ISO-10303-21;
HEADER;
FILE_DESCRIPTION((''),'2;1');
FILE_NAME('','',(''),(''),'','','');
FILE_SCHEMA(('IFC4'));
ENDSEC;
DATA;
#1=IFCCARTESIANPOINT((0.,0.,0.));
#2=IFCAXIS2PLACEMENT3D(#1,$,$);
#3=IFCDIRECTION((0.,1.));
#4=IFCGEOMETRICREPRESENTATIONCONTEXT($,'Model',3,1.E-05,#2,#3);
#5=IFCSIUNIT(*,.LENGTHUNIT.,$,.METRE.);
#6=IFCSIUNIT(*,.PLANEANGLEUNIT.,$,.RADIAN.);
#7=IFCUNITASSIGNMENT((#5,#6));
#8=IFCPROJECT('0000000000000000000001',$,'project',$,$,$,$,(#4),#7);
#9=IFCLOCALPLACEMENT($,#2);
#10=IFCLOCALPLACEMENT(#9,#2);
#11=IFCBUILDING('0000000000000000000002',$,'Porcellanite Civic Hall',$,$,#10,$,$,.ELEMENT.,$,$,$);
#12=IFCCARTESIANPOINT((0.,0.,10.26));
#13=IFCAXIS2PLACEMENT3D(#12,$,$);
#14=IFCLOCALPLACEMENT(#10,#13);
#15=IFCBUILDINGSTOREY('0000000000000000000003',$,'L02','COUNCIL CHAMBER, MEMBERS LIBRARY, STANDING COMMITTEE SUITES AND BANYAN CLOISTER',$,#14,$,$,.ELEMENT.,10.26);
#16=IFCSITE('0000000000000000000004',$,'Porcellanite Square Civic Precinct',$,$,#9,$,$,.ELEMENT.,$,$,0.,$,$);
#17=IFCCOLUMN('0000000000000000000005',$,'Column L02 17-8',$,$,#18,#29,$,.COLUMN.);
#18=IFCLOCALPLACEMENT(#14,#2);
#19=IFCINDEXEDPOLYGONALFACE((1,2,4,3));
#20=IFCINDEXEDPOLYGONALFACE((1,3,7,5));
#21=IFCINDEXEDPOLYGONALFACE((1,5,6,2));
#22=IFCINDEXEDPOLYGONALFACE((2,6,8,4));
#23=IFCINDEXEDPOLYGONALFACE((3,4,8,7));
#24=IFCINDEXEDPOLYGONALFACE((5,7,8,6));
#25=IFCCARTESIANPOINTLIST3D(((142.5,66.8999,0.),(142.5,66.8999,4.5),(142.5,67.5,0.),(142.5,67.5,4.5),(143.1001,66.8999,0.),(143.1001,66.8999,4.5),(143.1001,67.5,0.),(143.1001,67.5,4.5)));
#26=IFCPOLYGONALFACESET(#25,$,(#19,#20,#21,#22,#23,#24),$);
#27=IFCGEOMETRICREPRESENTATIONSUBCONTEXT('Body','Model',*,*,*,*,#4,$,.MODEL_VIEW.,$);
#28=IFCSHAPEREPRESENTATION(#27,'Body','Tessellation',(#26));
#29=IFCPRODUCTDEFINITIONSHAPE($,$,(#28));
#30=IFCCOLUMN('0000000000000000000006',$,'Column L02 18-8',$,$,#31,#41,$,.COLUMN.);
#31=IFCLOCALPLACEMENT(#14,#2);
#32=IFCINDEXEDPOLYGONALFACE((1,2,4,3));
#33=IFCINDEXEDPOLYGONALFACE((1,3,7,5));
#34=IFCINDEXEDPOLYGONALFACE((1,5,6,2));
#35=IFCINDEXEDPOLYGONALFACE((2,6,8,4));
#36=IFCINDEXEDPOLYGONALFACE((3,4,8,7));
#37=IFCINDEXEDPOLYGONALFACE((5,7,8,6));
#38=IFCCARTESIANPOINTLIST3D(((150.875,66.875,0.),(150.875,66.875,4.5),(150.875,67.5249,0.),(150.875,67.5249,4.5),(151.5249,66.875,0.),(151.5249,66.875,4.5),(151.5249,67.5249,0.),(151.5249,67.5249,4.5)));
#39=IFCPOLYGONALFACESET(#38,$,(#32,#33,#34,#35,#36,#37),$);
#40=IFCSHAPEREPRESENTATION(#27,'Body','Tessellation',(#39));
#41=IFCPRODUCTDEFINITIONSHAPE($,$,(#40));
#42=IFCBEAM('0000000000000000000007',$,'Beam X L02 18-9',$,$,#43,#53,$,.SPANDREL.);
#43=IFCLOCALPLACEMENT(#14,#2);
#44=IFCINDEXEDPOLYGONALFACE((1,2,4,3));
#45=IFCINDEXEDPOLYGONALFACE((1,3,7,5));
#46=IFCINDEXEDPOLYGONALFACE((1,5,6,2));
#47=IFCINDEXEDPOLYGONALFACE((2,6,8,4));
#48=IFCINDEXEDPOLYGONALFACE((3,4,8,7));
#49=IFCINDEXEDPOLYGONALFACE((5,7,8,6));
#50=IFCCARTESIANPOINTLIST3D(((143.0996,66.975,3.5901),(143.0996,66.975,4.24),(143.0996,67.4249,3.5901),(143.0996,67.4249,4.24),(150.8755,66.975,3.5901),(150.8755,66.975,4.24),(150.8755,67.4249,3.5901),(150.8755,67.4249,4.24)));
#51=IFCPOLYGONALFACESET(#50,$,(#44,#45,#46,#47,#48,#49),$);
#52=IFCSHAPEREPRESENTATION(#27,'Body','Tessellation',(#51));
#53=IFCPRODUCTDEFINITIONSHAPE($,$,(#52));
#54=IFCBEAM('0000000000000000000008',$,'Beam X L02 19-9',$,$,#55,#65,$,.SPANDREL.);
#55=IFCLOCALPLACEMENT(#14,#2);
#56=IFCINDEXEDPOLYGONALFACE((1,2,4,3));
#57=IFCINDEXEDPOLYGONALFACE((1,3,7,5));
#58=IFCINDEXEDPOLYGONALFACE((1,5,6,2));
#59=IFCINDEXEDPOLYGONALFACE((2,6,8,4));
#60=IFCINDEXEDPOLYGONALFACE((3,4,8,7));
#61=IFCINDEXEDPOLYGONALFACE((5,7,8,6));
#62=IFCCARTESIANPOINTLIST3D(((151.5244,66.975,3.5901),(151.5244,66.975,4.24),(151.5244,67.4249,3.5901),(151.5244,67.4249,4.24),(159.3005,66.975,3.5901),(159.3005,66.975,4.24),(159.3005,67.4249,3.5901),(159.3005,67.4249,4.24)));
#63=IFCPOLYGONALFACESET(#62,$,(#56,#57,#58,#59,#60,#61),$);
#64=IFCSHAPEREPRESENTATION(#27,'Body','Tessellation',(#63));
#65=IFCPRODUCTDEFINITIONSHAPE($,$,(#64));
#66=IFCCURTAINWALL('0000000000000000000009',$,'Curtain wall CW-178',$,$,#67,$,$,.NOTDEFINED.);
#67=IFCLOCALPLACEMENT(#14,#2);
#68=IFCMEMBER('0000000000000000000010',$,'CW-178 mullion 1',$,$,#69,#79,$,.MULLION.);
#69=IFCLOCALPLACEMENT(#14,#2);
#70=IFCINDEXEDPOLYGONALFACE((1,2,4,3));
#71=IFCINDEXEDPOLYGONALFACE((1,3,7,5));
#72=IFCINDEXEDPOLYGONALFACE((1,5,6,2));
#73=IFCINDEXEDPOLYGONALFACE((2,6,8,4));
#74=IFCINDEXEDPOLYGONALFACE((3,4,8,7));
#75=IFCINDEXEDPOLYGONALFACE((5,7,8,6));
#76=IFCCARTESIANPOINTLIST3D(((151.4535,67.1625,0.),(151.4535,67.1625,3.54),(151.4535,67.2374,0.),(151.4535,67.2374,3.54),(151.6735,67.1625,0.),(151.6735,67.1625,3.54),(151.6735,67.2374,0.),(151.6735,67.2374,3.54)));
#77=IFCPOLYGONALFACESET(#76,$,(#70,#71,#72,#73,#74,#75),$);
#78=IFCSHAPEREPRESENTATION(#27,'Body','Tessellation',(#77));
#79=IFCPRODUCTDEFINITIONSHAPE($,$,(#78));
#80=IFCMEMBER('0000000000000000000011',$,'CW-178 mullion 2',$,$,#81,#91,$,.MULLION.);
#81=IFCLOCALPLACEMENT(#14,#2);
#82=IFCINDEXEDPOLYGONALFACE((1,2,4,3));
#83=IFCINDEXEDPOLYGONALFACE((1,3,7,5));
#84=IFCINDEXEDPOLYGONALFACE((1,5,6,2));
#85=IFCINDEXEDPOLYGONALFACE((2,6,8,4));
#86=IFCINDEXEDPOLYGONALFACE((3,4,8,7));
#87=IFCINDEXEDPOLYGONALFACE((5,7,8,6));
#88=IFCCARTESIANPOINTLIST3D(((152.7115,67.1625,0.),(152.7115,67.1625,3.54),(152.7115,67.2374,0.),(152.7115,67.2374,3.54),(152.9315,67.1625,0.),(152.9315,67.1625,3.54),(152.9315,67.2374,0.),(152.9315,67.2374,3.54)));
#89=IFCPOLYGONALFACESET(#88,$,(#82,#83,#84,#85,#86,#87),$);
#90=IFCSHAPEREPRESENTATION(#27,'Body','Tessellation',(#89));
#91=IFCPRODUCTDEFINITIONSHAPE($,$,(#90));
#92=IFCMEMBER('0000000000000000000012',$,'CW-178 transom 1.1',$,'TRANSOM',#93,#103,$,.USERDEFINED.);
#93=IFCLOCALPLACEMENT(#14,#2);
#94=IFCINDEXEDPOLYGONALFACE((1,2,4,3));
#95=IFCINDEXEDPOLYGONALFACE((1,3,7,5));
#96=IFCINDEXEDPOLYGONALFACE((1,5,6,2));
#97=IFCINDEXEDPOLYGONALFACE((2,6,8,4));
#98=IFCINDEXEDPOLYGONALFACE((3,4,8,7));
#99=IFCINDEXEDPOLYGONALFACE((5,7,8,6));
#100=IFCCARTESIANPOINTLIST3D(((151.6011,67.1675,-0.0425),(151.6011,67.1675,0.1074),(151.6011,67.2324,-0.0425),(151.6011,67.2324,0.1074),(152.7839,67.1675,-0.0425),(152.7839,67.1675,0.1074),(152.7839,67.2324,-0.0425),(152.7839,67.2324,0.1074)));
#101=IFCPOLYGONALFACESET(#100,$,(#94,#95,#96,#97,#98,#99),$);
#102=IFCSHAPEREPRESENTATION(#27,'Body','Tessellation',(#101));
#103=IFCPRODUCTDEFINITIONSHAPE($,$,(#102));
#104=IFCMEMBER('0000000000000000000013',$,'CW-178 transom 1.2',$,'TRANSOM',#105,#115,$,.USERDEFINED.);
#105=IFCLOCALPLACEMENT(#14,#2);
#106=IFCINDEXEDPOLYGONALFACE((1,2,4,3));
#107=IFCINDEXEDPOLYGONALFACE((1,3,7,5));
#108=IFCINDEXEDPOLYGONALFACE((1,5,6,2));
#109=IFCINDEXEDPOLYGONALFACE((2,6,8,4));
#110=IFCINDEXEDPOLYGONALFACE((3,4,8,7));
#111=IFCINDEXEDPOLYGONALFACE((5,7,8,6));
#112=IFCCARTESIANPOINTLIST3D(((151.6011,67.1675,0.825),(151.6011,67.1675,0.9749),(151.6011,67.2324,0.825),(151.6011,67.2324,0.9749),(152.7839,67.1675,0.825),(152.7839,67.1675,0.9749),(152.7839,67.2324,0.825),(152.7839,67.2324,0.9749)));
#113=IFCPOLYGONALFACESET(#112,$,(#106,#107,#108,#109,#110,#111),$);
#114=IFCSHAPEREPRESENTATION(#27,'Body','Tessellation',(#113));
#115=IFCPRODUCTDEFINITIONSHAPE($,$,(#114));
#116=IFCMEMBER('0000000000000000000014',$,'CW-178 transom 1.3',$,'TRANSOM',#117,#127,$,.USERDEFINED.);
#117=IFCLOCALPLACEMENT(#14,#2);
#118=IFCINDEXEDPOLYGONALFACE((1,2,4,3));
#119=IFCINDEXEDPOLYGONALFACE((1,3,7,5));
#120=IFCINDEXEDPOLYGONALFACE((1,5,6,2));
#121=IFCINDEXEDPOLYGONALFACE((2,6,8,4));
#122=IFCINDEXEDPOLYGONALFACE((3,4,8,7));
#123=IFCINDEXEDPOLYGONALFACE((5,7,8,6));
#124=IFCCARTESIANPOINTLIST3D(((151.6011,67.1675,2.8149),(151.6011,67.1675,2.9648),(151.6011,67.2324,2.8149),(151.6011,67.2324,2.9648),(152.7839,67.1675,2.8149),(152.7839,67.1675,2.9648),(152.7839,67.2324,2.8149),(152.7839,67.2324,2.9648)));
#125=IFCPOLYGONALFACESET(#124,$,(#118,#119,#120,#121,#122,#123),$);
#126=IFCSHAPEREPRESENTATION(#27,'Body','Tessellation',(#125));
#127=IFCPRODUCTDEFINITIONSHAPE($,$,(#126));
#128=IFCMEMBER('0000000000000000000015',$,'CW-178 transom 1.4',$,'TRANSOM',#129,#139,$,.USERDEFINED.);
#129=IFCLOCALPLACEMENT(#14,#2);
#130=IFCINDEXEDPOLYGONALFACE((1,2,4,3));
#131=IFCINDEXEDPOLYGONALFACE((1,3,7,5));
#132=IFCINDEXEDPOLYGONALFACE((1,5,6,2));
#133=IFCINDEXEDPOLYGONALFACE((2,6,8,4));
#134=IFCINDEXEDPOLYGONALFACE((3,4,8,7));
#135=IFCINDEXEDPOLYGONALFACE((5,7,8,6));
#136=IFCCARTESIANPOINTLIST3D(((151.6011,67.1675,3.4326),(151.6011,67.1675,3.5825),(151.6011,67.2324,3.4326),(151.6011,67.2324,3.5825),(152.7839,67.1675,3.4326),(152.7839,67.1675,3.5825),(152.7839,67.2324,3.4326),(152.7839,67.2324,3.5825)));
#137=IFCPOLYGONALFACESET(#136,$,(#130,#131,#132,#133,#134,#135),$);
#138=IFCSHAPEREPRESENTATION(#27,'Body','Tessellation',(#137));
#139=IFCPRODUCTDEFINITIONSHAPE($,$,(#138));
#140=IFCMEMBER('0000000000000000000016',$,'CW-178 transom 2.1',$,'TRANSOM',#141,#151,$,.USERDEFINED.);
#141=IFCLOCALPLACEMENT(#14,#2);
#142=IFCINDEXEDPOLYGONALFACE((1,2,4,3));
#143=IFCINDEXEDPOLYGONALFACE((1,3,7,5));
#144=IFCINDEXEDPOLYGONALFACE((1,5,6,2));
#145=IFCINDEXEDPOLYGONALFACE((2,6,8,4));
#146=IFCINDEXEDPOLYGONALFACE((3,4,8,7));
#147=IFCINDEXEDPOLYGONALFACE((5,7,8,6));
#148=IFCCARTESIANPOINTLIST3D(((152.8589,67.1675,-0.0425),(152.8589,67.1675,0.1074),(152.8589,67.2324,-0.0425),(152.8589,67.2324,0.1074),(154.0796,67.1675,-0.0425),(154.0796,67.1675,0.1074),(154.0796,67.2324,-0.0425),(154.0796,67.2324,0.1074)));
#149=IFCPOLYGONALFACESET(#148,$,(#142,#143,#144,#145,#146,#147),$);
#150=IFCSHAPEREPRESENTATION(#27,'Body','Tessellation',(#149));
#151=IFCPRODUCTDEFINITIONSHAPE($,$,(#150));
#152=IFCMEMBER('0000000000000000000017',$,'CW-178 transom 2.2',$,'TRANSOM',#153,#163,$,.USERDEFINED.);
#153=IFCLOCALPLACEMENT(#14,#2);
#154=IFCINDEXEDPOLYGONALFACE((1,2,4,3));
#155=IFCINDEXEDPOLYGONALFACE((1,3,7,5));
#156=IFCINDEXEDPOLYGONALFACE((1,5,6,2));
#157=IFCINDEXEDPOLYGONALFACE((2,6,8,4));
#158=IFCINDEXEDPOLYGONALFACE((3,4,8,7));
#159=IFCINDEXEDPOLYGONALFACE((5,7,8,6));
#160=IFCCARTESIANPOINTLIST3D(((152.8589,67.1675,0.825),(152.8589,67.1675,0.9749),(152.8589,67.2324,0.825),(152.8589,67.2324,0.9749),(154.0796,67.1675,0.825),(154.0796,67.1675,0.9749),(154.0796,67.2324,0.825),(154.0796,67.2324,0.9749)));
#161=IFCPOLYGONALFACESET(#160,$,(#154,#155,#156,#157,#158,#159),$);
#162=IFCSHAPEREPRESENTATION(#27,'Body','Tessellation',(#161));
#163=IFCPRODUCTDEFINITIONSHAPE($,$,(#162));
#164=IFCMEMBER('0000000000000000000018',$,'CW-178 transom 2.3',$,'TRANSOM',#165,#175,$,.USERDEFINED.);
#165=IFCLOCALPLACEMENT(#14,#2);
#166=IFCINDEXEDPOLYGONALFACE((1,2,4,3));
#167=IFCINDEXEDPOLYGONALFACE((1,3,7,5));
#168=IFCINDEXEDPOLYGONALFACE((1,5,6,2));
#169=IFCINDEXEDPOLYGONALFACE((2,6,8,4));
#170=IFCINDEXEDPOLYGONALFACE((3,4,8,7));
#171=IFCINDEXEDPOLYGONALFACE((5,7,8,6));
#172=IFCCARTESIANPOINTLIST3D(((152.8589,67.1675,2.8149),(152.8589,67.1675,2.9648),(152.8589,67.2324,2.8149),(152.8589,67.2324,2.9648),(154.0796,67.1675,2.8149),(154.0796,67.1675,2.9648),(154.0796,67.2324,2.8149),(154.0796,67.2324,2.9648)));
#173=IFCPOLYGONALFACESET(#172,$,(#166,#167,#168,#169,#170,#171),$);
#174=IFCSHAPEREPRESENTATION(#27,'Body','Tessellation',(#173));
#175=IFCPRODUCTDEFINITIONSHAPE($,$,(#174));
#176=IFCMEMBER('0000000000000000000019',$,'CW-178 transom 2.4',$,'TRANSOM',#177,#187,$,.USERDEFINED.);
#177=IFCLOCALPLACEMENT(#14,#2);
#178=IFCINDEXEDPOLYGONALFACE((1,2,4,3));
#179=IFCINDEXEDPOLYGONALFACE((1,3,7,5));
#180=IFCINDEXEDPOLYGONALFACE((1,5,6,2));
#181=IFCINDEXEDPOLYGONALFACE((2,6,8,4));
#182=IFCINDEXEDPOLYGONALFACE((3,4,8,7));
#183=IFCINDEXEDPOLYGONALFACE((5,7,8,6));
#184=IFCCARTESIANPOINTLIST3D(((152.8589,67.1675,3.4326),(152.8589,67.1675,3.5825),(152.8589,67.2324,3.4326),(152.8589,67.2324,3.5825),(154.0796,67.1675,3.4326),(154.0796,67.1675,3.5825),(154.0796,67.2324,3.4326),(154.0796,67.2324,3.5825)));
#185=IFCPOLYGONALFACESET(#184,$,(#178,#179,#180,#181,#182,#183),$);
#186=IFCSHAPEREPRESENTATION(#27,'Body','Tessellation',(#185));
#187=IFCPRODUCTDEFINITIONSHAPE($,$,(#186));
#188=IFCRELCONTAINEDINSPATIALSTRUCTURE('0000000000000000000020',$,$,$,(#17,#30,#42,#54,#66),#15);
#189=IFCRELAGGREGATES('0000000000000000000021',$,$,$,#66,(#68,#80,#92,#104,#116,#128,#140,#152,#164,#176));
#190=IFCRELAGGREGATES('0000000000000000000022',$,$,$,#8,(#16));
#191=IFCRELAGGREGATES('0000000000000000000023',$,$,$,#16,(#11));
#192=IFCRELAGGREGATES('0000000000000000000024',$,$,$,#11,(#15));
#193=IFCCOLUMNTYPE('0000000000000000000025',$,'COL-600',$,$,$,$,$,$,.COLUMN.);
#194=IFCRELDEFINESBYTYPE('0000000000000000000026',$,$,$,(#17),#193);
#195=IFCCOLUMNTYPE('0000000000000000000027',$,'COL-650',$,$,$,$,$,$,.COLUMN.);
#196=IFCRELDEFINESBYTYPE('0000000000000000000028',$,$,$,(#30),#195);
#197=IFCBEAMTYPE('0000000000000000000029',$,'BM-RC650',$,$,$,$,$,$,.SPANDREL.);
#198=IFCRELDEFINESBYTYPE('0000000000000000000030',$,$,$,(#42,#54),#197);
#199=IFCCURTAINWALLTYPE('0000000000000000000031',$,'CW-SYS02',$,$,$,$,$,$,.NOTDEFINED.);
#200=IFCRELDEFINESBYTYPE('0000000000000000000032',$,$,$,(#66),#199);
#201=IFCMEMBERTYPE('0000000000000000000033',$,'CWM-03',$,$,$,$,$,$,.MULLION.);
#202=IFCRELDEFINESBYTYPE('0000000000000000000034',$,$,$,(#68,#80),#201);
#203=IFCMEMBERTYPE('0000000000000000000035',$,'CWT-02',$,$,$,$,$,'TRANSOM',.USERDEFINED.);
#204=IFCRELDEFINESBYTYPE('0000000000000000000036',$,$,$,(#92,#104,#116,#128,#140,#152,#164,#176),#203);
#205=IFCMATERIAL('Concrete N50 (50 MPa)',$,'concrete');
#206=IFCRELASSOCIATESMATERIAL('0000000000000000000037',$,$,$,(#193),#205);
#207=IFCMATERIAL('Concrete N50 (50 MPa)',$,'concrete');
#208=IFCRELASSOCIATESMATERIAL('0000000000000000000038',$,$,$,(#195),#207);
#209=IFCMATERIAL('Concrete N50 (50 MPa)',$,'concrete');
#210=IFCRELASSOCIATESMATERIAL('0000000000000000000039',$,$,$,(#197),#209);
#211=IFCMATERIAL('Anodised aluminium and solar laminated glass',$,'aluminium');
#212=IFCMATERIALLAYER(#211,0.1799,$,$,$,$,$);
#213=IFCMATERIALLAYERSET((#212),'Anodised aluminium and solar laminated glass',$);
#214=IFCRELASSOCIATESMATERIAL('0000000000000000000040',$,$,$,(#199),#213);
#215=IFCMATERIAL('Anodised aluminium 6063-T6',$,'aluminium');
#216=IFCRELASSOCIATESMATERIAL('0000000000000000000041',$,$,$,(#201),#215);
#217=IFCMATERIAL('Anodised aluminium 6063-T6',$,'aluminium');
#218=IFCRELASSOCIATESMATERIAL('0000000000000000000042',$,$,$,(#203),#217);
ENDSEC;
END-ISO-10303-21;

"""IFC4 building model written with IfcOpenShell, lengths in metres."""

from ifc_helpers import new_model, si_unit, direction, frame, origin, origin_2d, place, context, subcontext, project, spatial, rectangle, extrude, material, layer, layer_set, material_profile, profile_set, type_object, element, aggregate, save


model = new_model("IFC4")

# Units and contexts
model_context = context("Model", 3, precision=1e-05, world=origin(), true_north=direction((0.0, 1.0)))
body_context = subcontext(model_context, "Body", "Model", "MODEL_VIEW")
ifc_project = project(units=[si_unit("LENGTHUNIT", "METRE"), si_unit("PLANEANGLEUNIT", "RADIAN")], contexts=[model_context])

# Site, building, storey
site_placement = place(None, origin())
site = spatial("IfcSite", under=ifc_project, at=site_placement, Name="Porcellanite Square Civic Precinct", CompositionType="ELEMENT", RefElevation=0.0)
building_placement = place(site_placement, origin())
building = spatial("IfcBuilding", under=site, at=building_placement, Name="Porcellanite Civic Hall", CompositionType="ELEMENT")
storey_placement = place(building_placement, frame((0.0, 0.0, 10.26)))
storey = spatial("IfcBuildingStorey", under=building, at=storey_placement, Name="L02", Description="COUNCIL CHAMBER, MEMBERS LIBRARY, STANDING COMMITTEE SUITES AND BANYAN CLOISTER", CompositionType="ELEMENT", Elevation=10.26)

# Columns
ifc_material_1 = material(Name="Concrete N50 (50 MPa)", Category="concrete")
ifc_material_profile_1 = material_profile(ifc_material_1, rectangle(XDim=0.6001, YDim=0.6001, at=origin_2d()), Name="RC-600x600")
ifc_profile_set_1 = profile_set([ifc_material_profile_1], Name="Concrete N50 (50 MPa)")
column_type_1 = type_object("IfcColumnType", Name="COL-600", PredefinedType="COLUMN", material=ifc_profile_set_1)
column_1_placement = place(storey_placement, frame((142.8, 67.2, 0.0), z_axis=(0.0, 0.0, 1.0), x_axis=(1.0, 0.0, 0.0)))
element("IfcColumn", 1, at=column_1_placement, inside=storey, type_object=column_type_1, Name="Column L02 17-8", PredefinedType="COLUMN", context=body_context, shape_type="SweptSolid", body=[
    extrude(rectangle(XDim=0.6001, YDim=0.6001, at=origin_2d()), origin(), (0.0, 0.0, 1.0), 4.5),
])
ifc_material_2 = material(Name="Concrete N50 (50 MPa)", Category="concrete")
ifc_material_profile_2 = material_profile(ifc_material_2, rectangle(XDim=0.6499, YDim=0.6499, at=origin_2d()), Name="RC-650x650")
ifc_profile_set_2 = profile_set([ifc_material_profile_2], Name="Concrete N50 (50 MPa)")
column_type_2 = type_object("IfcColumnType", Name="COL-650", PredefinedType="COLUMN", material=ifc_profile_set_2)
column_2_placement = place(storey_placement, frame((151.2, 67.2, 0.0), z_axis=(0.0, 0.0, 1.0), x_axis=(1.0, 0.0, 0.0)))
element("IfcColumn", 2, at=column_2_placement, inside=storey, type_object=column_type_2, Name="Column L02 18-8", PredefinedType="COLUMN", context=body_context, shape_type="SweptSolid", body=[
    extrude(rectangle(XDim=0.6499, YDim=0.6499, at=origin_2d()), origin(), (0.0, 0.0, 1.0), 4.5),
])

# Beams
ifc_material_3 = material(Name="Concrete N50 (50 MPa)", Category="concrete")
ifc_material_profile_3 = material_profile(ifc_material_3, rectangle(XDim=0.45, YDim=0.6499, at=origin_2d()), Name="RC-450x650")
ifc_profile_set_3 = profile_set([ifc_material_profile_3], Name="Concrete N50 (50 MPa)")
beam_type = type_object("IfcBeamType", Name="BM-RC650", PredefinedType="SPANDREL", material=ifc_profile_set_3)
beam_1_placement = place(storey_placement, frame((143.0996, 67.2, 3.915), z_axis=(1.0, 0.0, 0.0), x_axis=(0.0, 1.0, 0.0)))
element("IfcBeam", 3, at=beam_1_placement, inside=storey, type_object=beam_type, Name="Beam X L02 18-9", PredefinedType="SPANDREL", context=body_context, shape_type="SweptSolid", body=[
    extrude(rectangle(XDim=0.45, YDim=0.6499, at=origin_2d()), origin(), (0.0, 0.0, 1.0), 7.7759),
])
beam_2_placement = place(storey_placement, frame((151.5244, 67.2, 3.915), z_axis=(1.0, 0.0, 0.0), x_axis=(0.0, 1.0, 0.0)))
element("IfcBeam", 4, at=beam_2_placement, inside=storey, type_object=beam_type, Name="Beam X L02 19-9", PredefinedType="SPANDREL", context=body_context, shape_type="SweptSolid", body=[
    extrude(rectangle(XDim=0.45, YDim=0.6499, at=origin_2d()), origin(), (0.0, 0.0, 1.0), 7.7761),
])

# Curtain wall, members
ifc_material_4 = material(Name="Anodised aluminium and solar laminated glass", Category="aluminium")
ifc_layer_1 = layer(ifc_material_4, 0.1799)
ifc_layer_set_1 = layer_set([ifc_layer_1], Name="Anodised aluminium and solar laminated glass")
curtain_wall_type = type_object("IfcCurtainWallType", Name="CW-SYS02", PredefinedType="NOTDEFINED", material=ifc_layer_set_1)
curtain_wall_placement = place(storey_placement, origin())
curtain_wall = element("IfcCurtainWall", 5, at=curtain_wall_placement, inside=storey, type_object=curtain_wall_type, Name="Curtain wall CW-178", PredefinedType="NOTDEFINED")
ifc_material_5 = material(Name="Anodised aluminium 6063-T6", Category="aluminium")
ifc_material_profile_4 = material_profile(ifc_material_5, rectangle(XDim=0.075, YDim=0.22, at=origin_2d()), Name="AL-75x220")
ifc_profile_set_4 = profile_set([ifc_material_profile_4], Name="Anodised aluminium 6063-T6")
member_type_1 = type_object("IfcMemberType", Name="CWM-03", PredefinedType="MULLION", material=ifc_profile_set_4)
member_1_placement = place(storey_placement, frame((151.5635, 67.2, 0.0), z_axis=(0.0, 0.0, 1.0), x_axis=(0.0, 1.0, 0.0)))
member_1 = element("IfcMember", 6, at=member_1_placement, type_object=member_type_1, Name="CW-178 mullion 1", PredefinedType="MULLION", context=body_context, shape_type="SweptSolid", body=[
    extrude(rectangle(XDim=0.075, YDim=0.22, at=origin_2d()), origin(), (0.0, 0.0, 1.0), 3.54),
])
member_2_placement = place(storey_placement, frame((152.8215, 67.2, 0.0), z_axis=(0.0, 0.0, 1.0), x_axis=(0.0, 1.0, 0.0)))
member_2 = element("IfcMember", 7, at=member_2_placement, type_object=member_type_1, Name="CW-178 mullion 2", PredefinedType="MULLION", context=body_context, shape_type="SweptSolid", body=[
    extrude(rectangle(XDim=0.075, YDim=0.22, at=origin_2d()), origin(), (0.0, 0.0, 1.0), 3.54),
])
ifc_material_6 = material(Name="Anodised aluminium 6063-T6", Category="aluminium")
ifc_material_profile_5 = material_profile(ifc_material_6, rectangle(XDim=0.0649, YDim=0.1499, at=origin_2d()), Name="AL-65x150")
ifc_profile_set_5 = profile_set([ifc_material_profile_5], Name="Anodised aluminium 6063-T6")
member_type_2 = type_object("IfcMemberType", Name="CWT-02", ElementType="TRANSOM", PredefinedType="USERDEFINED", material=ifc_profile_set_5)
member_3_placement = place(storey_placement, frame((151.6011, 67.2, 0.0325), z_axis=(1.0, 0.0, 0.0), x_axis=(0.0, 1.0, 0.0)))
member_3 = element("IfcMember", 8, at=member_3_placement, type_object=member_type_2, Name="CW-178 transom 1.1", ObjectType="TRANSOM", PredefinedType="USERDEFINED", context=body_context, shape_type="SweptSolid", body=[
    extrude(rectangle(XDim=0.0649, YDim=0.1499, at=origin_2d()), origin(), (0.0, 0.0, 1.0), 1.1829),
])
member_4_placement = place(storey_placement, frame((151.6011, 67.2, 0.8999), z_axis=(1.0, 0.0, 0.0), x_axis=(0.0, 1.0, 0.0)))
member_4 = element("IfcMember", 9, at=member_4_placement, type_object=member_type_2, Name="CW-178 transom 1.2", ObjectType="TRANSOM", PredefinedType="USERDEFINED", context=body_context, shape_type="SweptSolid", body=[
    extrude(rectangle(XDim=0.0649, YDim=0.1499, at=origin_2d()), origin(), (0.0, 0.0, 1.0), 1.1829),
])
member_5_placement = place(storey_placement, frame((151.6011, 67.2, 2.8899), z_axis=(1.0, 0.0, 0.0), x_axis=(0.0, 1.0, 0.0)))
member_5 = element("IfcMember", 10, at=member_5_placement, type_object=member_type_2, Name="CW-178 transom 1.3", ObjectType="TRANSOM", PredefinedType="USERDEFINED", context=body_context, shape_type="SweptSolid", body=[
    extrude(rectangle(XDim=0.0649, YDim=0.1499, at=origin_2d()), origin(), (0.0, 0.0, 1.0), 1.1829),
])
member_6_placement = place(storey_placement, frame((151.6011, 67.2, 3.5076), z_axis=(1.0, 0.0, 0.0), x_axis=(0.0, 1.0, 0.0)))
member_6 = element("IfcMember", 11, at=member_6_placement, type_object=member_type_2, Name="CW-178 transom 1.4", ObjectType="TRANSOM", PredefinedType="USERDEFINED", context=body_context, shape_type="SweptSolid", body=[
    extrude(rectangle(XDim=0.0649, YDim=0.1499, at=origin_2d()), origin(), (0.0, 0.0, 1.0), 1.1829),
])
member_7_placement = place(storey_placement, frame((152.8589, 67.2, 0.0325), z_axis=(1.0, 0.0, 0.0), x_axis=(0.0, 1.0, 0.0)))
member_7 = element("IfcMember", 12, at=member_7_placement, type_object=member_type_2, Name="CW-178 transom 2.1", ObjectType="TRANSOM", PredefinedType="USERDEFINED", context=body_context, shape_type="SweptSolid", body=[
    extrude(rectangle(XDim=0.0649, YDim=0.1499, at=origin_2d()), origin(), (0.0, 0.0, 1.0), 1.2207),
])
member_8_placement = place(storey_placement, frame((152.8589, 67.2, 0.8999), z_axis=(1.0, 0.0, 0.0), x_axis=(0.0, 1.0, 0.0)))
member_8 = element("IfcMember", 13, at=member_8_placement, type_object=member_type_2, Name="CW-178 transom 2.2", ObjectType="TRANSOM", PredefinedType="USERDEFINED", context=body_context, shape_type="SweptSolid", body=[
    extrude(rectangle(XDim=0.0649, YDim=0.1499, at=origin_2d()), origin(), (0.0, 0.0, 1.0), 1.2207),
])
member_9_placement = place(storey_placement, frame((152.8589, 67.2, 2.8899), z_axis=(1.0, 0.0, 0.0), x_axis=(0.0, 1.0, 0.0)))
member_9 = element("IfcMember", 14, at=member_9_placement, type_object=member_type_2, Name="CW-178 transom 2.3", ObjectType="TRANSOM", PredefinedType="USERDEFINED", context=body_context, shape_type="SweptSolid", body=[
    extrude(rectangle(XDim=0.0649, YDim=0.1499, at=origin_2d()), origin(), (0.0, 0.0, 1.0), 1.2207),
])
member_10_placement = place(storey_placement, frame((152.8589, 67.2, 3.5076), z_axis=(1.0, 0.0, 0.0), x_axis=(0.0, 1.0, 0.0)))
member_10 = element("IfcMember", 15, at=member_10_placement, type_object=member_type_2, Name="CW-178 transom 2.4", ObjectType="TRANSOM", PredefinedType="USERDEFINED", context=body_context, shape_type="SweptSolid", body=[
    extrude(rectangle(XDim=0.0649, YDim=0.1499, at=origin_2d()), origin(), (0.0, 0.0, 1.0), 1.2207),
])

aggregate(curtain_wall, [member_1, member_2, member_3, member_4, member_5, member_6, member_7, member_8, member_9, member_10])

save(model, "model.ifc")
